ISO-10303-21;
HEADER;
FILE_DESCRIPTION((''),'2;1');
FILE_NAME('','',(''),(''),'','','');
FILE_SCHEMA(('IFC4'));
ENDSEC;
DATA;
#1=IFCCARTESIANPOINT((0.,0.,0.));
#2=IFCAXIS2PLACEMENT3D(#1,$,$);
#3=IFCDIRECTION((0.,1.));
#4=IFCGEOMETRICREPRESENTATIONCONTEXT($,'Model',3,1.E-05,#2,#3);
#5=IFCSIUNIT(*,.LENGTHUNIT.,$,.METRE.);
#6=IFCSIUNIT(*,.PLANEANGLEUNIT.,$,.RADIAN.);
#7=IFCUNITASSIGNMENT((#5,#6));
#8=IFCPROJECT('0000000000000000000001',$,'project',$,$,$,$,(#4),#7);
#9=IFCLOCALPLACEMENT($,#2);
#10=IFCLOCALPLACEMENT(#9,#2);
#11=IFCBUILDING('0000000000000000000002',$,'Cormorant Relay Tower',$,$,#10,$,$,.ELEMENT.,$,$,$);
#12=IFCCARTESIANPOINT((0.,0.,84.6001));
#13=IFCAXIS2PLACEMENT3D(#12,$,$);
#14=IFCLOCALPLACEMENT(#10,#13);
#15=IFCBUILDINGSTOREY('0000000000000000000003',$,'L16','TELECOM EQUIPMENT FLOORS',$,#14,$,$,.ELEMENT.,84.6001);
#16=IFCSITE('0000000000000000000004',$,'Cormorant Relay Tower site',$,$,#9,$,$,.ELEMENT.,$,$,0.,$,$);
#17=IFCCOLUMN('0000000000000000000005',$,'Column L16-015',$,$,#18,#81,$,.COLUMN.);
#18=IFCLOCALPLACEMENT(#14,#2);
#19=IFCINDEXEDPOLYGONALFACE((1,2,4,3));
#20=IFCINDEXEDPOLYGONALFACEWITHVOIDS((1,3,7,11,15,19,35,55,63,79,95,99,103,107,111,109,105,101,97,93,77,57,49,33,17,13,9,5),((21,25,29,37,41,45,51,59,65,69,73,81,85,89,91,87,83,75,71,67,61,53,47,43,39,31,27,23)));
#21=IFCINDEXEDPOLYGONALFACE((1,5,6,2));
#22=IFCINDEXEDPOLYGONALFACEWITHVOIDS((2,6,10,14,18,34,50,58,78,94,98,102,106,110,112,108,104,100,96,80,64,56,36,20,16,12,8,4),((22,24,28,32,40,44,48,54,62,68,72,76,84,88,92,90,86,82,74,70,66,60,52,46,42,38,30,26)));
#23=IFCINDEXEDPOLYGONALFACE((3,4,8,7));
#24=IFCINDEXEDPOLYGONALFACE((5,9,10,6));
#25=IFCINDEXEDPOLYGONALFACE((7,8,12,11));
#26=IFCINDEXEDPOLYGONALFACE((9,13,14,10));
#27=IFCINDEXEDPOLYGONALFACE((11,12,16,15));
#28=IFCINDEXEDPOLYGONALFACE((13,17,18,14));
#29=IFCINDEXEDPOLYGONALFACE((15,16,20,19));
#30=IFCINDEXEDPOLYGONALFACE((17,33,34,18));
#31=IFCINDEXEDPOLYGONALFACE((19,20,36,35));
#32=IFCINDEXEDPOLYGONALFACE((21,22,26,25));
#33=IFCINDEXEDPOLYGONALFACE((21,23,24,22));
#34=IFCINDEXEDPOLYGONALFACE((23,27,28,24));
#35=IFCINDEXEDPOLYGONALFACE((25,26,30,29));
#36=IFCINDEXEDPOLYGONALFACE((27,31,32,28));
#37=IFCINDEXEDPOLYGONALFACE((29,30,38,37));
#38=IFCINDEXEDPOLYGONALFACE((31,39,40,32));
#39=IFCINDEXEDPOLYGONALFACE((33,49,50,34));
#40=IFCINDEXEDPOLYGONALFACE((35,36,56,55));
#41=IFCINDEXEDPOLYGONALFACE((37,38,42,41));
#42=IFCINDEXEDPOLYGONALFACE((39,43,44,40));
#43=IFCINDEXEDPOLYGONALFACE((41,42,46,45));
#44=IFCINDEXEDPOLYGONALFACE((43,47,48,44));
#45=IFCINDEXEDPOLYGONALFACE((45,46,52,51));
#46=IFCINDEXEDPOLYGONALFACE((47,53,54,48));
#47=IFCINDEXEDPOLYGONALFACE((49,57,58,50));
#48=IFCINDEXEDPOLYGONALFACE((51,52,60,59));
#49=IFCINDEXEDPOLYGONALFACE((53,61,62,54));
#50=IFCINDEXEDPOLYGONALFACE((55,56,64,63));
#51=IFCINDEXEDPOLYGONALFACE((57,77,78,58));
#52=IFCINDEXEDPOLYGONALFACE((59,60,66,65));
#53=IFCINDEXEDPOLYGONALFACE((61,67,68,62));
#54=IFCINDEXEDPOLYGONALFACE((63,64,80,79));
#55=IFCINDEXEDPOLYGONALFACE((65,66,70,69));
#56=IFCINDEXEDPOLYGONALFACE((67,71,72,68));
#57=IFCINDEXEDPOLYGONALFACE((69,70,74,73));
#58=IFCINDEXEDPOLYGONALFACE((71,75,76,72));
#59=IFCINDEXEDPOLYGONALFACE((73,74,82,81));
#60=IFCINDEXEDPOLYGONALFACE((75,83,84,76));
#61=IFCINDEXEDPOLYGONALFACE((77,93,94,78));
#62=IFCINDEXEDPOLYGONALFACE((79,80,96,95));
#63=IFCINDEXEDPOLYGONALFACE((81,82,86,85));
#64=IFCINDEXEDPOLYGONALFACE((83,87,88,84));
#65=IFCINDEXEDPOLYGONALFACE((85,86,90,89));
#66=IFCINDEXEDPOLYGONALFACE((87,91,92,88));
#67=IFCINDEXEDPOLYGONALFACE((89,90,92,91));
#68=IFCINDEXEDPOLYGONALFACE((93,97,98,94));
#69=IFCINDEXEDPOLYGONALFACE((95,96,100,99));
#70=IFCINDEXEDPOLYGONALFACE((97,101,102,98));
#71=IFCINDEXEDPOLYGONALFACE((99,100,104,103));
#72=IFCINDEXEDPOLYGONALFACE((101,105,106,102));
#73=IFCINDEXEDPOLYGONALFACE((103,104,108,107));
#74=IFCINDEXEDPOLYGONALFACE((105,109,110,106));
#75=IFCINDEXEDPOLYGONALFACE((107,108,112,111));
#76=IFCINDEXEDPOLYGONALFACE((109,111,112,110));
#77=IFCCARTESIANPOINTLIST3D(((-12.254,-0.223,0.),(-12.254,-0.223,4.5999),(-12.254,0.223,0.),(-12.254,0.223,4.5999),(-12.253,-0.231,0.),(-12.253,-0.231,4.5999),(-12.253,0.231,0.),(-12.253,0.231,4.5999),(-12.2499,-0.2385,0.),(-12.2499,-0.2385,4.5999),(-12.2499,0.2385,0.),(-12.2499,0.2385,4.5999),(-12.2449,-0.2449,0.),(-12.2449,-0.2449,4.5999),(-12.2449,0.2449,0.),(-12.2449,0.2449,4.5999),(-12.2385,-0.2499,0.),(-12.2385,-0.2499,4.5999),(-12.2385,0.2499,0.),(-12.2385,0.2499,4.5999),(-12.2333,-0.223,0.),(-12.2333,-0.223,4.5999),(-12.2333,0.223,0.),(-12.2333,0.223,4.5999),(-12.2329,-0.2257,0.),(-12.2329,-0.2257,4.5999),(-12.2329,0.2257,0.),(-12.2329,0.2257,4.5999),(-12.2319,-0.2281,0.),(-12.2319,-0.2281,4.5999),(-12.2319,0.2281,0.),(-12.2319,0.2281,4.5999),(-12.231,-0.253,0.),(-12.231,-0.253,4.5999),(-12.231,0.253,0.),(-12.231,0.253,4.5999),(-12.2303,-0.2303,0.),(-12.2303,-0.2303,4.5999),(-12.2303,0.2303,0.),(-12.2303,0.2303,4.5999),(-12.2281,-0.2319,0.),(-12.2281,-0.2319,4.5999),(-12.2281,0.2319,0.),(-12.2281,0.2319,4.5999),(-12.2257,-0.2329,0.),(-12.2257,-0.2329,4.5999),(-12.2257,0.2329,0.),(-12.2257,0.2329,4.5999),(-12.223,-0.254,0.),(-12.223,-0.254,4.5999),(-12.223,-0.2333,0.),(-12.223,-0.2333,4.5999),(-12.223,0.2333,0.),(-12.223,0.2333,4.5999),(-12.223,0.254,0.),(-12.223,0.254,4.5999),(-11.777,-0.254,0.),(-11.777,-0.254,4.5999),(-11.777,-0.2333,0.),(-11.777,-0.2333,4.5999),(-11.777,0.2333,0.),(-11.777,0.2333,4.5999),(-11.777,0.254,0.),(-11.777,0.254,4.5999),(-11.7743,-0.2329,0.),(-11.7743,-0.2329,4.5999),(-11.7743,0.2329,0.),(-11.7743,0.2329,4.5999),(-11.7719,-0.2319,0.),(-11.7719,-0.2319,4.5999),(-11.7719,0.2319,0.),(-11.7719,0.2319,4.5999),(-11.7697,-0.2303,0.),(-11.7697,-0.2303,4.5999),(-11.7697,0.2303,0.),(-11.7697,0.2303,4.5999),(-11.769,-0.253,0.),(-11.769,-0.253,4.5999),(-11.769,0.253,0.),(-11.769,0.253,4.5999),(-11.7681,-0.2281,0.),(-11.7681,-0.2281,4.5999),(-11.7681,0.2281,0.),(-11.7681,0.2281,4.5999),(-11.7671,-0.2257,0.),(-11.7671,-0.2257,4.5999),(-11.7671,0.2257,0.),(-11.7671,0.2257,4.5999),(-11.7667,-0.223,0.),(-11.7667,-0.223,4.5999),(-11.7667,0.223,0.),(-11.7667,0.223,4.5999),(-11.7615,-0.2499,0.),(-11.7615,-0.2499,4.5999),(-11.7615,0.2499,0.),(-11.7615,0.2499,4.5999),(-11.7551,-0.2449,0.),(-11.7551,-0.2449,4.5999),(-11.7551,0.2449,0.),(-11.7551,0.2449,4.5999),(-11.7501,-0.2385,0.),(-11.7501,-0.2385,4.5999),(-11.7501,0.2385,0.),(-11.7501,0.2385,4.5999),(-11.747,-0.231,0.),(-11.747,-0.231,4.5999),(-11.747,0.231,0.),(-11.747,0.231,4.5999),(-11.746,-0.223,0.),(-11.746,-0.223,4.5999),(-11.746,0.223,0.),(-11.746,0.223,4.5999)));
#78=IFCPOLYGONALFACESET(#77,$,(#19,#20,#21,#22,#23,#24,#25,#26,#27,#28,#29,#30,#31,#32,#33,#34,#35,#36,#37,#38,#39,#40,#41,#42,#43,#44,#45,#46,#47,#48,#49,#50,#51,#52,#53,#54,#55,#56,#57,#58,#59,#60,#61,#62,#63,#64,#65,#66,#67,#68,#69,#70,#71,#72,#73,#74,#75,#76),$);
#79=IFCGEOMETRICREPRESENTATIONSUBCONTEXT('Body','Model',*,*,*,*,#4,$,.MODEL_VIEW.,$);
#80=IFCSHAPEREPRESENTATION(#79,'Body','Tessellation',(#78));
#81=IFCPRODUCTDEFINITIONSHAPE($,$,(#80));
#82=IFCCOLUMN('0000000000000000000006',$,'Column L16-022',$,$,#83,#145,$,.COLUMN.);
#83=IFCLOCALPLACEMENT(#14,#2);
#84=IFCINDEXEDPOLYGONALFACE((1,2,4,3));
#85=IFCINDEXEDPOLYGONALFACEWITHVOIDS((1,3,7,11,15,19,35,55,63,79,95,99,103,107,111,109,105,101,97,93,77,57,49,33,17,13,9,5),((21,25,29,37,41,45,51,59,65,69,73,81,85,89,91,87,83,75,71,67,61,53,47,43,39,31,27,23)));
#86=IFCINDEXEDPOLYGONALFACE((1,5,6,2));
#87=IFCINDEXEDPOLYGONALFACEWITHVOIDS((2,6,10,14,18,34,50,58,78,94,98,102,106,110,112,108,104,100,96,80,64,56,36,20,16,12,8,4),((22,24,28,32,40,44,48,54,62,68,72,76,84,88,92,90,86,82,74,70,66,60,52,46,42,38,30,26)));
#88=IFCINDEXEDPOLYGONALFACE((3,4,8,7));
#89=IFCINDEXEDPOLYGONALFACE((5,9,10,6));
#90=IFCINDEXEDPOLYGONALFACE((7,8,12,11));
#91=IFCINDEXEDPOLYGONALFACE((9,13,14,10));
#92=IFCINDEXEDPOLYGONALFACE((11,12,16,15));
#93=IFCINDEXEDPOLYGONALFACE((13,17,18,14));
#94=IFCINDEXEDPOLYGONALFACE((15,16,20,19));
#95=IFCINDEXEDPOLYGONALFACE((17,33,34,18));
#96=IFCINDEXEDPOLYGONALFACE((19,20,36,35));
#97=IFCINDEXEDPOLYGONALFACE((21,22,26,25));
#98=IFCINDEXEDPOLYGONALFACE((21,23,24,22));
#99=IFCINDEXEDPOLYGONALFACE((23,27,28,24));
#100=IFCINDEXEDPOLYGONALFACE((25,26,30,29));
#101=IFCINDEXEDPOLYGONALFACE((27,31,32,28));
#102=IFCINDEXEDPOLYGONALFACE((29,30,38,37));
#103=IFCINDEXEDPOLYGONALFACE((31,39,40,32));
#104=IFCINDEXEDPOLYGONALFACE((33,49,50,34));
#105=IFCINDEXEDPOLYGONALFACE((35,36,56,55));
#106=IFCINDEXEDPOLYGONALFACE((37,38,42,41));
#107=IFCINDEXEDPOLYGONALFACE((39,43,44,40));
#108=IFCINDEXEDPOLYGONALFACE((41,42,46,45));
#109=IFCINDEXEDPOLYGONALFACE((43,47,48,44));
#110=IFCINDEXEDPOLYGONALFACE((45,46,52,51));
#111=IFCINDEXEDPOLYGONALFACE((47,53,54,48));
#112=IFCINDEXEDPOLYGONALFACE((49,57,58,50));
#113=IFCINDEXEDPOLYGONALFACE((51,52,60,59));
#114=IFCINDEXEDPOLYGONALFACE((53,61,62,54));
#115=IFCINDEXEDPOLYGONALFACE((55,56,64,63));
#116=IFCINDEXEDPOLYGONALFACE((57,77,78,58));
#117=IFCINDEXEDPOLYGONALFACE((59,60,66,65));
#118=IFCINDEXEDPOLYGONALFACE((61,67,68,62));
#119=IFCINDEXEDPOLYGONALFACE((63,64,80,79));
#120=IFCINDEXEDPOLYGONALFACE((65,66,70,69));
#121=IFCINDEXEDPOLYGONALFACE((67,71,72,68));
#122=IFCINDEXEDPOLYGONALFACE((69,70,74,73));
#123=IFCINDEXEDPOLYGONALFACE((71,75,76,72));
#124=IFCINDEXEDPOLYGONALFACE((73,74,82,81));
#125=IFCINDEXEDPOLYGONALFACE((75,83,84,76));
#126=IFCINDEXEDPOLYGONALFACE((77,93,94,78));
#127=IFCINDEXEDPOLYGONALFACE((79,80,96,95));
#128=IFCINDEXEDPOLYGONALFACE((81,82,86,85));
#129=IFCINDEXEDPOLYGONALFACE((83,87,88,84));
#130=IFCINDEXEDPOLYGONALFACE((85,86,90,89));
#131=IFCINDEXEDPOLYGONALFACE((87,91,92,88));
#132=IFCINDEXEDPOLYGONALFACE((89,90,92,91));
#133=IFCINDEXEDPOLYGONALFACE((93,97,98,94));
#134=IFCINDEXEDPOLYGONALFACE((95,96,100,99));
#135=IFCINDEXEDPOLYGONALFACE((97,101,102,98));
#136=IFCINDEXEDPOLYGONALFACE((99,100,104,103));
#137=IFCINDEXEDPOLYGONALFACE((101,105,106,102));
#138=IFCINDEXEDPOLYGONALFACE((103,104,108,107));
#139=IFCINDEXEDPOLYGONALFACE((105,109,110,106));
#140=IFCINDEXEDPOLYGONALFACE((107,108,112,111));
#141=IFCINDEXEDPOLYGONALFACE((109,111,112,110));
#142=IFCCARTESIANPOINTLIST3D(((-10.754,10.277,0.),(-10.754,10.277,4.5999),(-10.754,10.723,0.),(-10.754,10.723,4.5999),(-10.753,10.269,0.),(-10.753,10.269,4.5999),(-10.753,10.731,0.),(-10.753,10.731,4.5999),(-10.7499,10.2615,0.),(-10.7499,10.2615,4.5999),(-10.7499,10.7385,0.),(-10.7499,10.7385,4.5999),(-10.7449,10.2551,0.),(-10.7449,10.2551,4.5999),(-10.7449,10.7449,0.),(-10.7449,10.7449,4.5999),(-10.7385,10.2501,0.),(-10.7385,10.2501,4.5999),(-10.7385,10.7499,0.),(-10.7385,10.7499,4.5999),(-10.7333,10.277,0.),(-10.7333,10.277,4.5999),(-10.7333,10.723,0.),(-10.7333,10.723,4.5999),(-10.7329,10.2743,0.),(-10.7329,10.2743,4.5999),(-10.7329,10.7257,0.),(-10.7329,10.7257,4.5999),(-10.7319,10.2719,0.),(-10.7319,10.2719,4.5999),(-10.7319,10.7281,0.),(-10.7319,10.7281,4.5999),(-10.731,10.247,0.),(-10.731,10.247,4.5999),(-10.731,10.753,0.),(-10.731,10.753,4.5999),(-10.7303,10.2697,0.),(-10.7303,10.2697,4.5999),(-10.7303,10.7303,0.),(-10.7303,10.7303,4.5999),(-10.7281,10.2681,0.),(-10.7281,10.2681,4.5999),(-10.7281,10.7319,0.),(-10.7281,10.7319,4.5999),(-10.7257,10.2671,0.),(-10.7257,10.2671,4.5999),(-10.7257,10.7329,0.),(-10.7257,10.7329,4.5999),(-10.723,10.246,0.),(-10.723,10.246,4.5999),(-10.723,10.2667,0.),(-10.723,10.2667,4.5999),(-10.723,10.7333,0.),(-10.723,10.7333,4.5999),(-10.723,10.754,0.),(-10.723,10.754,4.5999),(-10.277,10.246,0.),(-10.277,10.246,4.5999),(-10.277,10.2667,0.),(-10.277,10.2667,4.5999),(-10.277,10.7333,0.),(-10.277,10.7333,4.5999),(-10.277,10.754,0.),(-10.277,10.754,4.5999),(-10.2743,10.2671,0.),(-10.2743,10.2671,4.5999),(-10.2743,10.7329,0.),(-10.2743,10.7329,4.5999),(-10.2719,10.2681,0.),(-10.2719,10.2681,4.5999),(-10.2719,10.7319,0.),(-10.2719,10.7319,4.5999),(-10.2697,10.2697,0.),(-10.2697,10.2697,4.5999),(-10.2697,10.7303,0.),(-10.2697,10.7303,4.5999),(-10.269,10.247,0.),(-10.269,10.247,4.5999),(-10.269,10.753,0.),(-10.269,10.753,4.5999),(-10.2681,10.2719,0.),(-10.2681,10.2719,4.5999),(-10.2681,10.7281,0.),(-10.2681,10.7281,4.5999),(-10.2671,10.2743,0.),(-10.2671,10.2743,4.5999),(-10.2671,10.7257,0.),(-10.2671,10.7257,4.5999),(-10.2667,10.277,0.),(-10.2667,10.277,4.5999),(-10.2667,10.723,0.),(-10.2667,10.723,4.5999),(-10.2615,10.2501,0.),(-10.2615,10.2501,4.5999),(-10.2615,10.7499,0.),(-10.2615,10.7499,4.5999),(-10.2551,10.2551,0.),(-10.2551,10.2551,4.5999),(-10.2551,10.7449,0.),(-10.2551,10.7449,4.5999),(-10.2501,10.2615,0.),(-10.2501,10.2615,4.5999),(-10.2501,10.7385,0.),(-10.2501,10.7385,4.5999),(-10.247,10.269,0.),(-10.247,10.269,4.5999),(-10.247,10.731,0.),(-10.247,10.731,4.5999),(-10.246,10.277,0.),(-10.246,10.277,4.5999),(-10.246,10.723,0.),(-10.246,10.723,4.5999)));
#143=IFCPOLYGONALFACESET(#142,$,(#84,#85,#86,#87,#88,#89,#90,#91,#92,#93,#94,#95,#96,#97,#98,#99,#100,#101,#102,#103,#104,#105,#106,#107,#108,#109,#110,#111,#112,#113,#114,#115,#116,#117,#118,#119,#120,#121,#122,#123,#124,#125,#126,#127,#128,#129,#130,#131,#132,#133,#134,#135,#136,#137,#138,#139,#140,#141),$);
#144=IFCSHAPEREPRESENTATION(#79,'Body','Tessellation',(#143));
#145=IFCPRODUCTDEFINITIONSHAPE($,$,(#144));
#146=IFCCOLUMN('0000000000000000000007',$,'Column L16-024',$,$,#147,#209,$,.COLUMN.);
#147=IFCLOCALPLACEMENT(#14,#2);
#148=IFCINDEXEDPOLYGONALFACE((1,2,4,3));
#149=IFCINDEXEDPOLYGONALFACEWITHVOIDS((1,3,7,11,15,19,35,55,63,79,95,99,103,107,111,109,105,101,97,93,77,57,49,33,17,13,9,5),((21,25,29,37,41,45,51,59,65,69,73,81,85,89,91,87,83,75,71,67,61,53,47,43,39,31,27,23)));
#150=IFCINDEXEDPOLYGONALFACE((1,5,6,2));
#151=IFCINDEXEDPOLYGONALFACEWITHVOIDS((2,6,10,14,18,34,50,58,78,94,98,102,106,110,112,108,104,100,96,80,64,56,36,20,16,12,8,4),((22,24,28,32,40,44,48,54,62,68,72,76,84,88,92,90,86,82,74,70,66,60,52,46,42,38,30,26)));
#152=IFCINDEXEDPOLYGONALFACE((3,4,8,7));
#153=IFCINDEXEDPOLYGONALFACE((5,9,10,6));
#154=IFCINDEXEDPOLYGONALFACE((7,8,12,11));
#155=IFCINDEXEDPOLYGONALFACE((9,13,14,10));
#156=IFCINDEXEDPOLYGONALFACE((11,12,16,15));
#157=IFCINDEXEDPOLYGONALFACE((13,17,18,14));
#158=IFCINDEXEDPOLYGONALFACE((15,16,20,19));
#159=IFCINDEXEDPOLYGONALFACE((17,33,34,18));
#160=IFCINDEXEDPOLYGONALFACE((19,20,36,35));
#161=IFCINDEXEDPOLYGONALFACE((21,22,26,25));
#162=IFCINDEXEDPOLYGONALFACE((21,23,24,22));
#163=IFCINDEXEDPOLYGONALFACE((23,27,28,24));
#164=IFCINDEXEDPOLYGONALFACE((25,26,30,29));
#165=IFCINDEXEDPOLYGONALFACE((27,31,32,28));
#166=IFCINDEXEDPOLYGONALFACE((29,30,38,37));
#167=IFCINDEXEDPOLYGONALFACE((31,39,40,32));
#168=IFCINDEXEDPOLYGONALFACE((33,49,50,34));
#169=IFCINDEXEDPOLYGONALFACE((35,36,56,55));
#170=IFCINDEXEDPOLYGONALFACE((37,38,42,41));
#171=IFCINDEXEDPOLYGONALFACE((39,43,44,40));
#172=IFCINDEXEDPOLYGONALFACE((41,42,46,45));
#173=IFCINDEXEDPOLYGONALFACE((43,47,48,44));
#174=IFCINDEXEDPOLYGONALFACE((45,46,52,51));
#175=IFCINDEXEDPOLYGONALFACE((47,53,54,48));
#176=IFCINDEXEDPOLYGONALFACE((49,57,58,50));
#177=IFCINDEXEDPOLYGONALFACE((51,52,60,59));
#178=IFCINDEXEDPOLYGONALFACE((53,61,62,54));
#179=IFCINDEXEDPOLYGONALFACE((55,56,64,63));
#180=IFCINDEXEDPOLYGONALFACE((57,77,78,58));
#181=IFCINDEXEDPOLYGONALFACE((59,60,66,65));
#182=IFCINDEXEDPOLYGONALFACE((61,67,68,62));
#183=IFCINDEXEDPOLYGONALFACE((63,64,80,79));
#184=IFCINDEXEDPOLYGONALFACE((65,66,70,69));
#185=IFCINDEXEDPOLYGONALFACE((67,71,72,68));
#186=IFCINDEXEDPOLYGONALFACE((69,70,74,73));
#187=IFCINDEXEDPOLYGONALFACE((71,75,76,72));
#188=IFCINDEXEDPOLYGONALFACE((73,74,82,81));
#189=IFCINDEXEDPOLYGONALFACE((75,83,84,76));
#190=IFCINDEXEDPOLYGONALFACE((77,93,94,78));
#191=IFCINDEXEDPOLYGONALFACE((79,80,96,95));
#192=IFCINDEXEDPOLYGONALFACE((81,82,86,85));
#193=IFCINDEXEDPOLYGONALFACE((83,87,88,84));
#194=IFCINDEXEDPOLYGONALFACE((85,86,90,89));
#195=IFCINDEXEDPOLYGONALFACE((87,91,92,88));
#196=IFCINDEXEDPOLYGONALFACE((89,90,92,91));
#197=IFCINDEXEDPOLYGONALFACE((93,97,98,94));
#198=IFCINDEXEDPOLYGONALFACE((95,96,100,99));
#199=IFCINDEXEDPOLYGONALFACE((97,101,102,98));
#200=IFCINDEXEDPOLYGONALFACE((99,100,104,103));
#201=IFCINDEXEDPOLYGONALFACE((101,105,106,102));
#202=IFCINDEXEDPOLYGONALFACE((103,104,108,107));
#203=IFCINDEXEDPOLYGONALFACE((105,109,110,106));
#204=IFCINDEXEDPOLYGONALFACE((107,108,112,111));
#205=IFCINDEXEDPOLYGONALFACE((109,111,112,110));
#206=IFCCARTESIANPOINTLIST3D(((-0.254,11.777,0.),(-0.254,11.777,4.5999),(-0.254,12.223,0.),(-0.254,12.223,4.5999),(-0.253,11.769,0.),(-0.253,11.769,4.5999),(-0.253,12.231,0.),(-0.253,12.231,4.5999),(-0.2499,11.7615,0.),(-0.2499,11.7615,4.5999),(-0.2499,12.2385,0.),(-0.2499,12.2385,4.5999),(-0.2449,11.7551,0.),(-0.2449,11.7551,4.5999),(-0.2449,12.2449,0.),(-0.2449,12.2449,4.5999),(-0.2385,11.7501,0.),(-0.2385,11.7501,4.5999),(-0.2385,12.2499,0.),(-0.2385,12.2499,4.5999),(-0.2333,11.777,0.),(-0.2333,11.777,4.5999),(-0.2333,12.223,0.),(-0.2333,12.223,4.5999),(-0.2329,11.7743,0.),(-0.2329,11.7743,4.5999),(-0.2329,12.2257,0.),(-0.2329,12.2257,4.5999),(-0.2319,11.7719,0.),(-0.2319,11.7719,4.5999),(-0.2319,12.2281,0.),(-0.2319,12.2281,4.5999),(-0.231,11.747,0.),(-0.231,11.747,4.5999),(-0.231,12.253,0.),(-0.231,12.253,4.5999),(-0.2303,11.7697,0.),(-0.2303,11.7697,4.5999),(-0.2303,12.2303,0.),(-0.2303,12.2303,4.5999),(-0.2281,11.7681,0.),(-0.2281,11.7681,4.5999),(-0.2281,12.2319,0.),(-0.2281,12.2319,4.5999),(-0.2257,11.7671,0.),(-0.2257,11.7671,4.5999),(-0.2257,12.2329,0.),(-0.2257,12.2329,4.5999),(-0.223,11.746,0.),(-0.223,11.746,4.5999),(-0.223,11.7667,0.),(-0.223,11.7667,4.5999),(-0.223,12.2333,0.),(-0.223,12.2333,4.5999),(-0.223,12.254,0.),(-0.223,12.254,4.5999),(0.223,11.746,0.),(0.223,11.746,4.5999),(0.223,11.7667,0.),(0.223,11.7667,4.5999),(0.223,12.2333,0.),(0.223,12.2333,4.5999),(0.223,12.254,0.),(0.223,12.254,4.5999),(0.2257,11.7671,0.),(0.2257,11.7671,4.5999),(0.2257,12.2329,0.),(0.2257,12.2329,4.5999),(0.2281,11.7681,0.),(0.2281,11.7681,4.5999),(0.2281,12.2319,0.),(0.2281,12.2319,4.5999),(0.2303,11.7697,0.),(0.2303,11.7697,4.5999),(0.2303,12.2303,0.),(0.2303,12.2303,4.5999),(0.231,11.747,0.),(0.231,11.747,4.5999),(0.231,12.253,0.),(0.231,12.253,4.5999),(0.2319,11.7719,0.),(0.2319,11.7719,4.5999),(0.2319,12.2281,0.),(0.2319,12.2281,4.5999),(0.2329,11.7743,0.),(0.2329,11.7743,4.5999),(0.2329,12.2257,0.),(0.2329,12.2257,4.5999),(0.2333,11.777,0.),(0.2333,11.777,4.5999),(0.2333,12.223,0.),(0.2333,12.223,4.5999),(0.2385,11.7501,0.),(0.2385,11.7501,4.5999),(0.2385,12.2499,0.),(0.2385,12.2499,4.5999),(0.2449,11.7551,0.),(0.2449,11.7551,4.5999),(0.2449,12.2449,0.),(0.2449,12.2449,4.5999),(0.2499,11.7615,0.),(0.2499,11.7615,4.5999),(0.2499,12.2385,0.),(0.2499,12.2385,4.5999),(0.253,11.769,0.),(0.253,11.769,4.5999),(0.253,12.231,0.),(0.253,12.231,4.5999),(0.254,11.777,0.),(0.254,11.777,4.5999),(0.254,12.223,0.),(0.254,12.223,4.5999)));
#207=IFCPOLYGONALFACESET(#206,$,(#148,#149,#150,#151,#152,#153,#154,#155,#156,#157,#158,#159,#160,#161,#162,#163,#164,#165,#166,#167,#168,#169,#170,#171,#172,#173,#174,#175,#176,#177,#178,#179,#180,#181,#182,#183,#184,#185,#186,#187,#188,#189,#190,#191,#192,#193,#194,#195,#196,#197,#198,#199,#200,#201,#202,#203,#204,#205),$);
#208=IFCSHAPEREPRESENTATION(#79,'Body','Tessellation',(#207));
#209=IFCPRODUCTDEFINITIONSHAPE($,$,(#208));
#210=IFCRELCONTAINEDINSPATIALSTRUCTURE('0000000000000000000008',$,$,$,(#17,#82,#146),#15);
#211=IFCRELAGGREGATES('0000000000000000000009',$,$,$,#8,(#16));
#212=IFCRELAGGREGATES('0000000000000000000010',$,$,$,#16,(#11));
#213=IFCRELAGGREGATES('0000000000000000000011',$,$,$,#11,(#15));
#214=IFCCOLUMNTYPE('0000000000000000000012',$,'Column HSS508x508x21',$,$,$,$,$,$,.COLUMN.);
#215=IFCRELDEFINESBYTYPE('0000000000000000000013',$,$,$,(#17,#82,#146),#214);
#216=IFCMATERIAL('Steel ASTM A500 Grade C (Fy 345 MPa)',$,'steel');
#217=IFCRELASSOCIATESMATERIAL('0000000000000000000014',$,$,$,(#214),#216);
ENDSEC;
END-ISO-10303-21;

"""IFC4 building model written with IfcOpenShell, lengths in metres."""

from ifc_helpers import new_model, si_unit, direction, frame, origin, origin_2d, place, context, subcontext, project, spatial, hollow_rectangle, extrude, material, material_profile, profile_set, type_object, element, save


model = new_model("IFC4")

# Units and contexts
model_context = context("Model", 3, precision=1e-05, world=origin(), true_north=direction((0.0, 1.0)))
body_context = subcontext(model_context, "Body", "Model", "MODEL_VIEW")
ifc_project = project(units=[si_unit("LENGTHUNIT", "METRE"), si_unit("PLANEANGLEUNIT", "RADIAN")], contexts=[model_context])

# Site, building, storey
site_placement = place(None, origin())
site = spatial("IfcSite", under=ifc_project, at=site_placement, Name="Cormorant Relay Tower site", CompositionType="ELEMENT", RefElevation=0.0)
building_placement = place(site_placement, origin())
building = spatial("IfcBuilding", under=site, at=building_placement, Name="Cormorant Relay Tower", CompositionType="ELEMENT")
storey_placement = place(building_placement, frame((0.0, 0.0, 84.6001)))
storey = spatial("IfcBuildingStorey", under=building, at=storey_placement, Name="L16", Description="TELECOM EQUIPMENT FLOORS", CompositionType="ELEMENT", Elevation=84.6001)

# Columns
ifc_material_1 = material(Name="Steel ASTM A500 Grade C (Fy 345 MPa)", Category="steel")
ifc_material_profile = material_profile(ifc_material_1, hollow_rectangle(XDim=0.5081, YDim=0.5081, WallThickness=0.0208, InnerFilletRadius=0.0103, OuterFilletRadius=0.031, at=origin_2d()), Name="HSS508x508x21")
ifc_profile_set = profile_set([ifc_material_profile], Name="Steel ASTM A500 Grade C (Fy 345 MPa)")
column_type = type_object("IfcColumnType", Name="Column HSS508x508x21", PredefinedType="COLUMN", material=ifc_profile_set)
for number, where, z_axis, x_axis, name in (
    (1, (-12.0, 0.0, 0.0), (0.0, 0.0, 1.0), (1.0, 0.0, 0.0), "Column L16-015"),
    (2, (-10.5, 10.5, 0.0), (0.0, 0.0, 1.0), (1.0, 0.0, 0.0), "Column L16-022"),
    (3, (0.0, 12.0, 0.0), (0.0, 0.0, 1.0), (1.0, 0.0, 0.0), "Column L16-024"),
):
    element("IfcColumn", number, at=place(storey_placement, frame(where, z_axis=z_axis, x_axis=x_axis)), inside=storey, type_object=column_type, Name=name, PredefinedType="COLUMN", context=body_context, shape_type="SweptSolid", body=[
        extrude(hollow_rectangle(XDim=0.5081, YDim=0.5081, WallThickness=0.0208, InnerFilletRadius=0.0103, OuterFilletRadius=0.031, at=origin_2d()), origin(), (0.0, 0.0, 1.0), 4.5999),
    ])

save(model, "model.ifc")
